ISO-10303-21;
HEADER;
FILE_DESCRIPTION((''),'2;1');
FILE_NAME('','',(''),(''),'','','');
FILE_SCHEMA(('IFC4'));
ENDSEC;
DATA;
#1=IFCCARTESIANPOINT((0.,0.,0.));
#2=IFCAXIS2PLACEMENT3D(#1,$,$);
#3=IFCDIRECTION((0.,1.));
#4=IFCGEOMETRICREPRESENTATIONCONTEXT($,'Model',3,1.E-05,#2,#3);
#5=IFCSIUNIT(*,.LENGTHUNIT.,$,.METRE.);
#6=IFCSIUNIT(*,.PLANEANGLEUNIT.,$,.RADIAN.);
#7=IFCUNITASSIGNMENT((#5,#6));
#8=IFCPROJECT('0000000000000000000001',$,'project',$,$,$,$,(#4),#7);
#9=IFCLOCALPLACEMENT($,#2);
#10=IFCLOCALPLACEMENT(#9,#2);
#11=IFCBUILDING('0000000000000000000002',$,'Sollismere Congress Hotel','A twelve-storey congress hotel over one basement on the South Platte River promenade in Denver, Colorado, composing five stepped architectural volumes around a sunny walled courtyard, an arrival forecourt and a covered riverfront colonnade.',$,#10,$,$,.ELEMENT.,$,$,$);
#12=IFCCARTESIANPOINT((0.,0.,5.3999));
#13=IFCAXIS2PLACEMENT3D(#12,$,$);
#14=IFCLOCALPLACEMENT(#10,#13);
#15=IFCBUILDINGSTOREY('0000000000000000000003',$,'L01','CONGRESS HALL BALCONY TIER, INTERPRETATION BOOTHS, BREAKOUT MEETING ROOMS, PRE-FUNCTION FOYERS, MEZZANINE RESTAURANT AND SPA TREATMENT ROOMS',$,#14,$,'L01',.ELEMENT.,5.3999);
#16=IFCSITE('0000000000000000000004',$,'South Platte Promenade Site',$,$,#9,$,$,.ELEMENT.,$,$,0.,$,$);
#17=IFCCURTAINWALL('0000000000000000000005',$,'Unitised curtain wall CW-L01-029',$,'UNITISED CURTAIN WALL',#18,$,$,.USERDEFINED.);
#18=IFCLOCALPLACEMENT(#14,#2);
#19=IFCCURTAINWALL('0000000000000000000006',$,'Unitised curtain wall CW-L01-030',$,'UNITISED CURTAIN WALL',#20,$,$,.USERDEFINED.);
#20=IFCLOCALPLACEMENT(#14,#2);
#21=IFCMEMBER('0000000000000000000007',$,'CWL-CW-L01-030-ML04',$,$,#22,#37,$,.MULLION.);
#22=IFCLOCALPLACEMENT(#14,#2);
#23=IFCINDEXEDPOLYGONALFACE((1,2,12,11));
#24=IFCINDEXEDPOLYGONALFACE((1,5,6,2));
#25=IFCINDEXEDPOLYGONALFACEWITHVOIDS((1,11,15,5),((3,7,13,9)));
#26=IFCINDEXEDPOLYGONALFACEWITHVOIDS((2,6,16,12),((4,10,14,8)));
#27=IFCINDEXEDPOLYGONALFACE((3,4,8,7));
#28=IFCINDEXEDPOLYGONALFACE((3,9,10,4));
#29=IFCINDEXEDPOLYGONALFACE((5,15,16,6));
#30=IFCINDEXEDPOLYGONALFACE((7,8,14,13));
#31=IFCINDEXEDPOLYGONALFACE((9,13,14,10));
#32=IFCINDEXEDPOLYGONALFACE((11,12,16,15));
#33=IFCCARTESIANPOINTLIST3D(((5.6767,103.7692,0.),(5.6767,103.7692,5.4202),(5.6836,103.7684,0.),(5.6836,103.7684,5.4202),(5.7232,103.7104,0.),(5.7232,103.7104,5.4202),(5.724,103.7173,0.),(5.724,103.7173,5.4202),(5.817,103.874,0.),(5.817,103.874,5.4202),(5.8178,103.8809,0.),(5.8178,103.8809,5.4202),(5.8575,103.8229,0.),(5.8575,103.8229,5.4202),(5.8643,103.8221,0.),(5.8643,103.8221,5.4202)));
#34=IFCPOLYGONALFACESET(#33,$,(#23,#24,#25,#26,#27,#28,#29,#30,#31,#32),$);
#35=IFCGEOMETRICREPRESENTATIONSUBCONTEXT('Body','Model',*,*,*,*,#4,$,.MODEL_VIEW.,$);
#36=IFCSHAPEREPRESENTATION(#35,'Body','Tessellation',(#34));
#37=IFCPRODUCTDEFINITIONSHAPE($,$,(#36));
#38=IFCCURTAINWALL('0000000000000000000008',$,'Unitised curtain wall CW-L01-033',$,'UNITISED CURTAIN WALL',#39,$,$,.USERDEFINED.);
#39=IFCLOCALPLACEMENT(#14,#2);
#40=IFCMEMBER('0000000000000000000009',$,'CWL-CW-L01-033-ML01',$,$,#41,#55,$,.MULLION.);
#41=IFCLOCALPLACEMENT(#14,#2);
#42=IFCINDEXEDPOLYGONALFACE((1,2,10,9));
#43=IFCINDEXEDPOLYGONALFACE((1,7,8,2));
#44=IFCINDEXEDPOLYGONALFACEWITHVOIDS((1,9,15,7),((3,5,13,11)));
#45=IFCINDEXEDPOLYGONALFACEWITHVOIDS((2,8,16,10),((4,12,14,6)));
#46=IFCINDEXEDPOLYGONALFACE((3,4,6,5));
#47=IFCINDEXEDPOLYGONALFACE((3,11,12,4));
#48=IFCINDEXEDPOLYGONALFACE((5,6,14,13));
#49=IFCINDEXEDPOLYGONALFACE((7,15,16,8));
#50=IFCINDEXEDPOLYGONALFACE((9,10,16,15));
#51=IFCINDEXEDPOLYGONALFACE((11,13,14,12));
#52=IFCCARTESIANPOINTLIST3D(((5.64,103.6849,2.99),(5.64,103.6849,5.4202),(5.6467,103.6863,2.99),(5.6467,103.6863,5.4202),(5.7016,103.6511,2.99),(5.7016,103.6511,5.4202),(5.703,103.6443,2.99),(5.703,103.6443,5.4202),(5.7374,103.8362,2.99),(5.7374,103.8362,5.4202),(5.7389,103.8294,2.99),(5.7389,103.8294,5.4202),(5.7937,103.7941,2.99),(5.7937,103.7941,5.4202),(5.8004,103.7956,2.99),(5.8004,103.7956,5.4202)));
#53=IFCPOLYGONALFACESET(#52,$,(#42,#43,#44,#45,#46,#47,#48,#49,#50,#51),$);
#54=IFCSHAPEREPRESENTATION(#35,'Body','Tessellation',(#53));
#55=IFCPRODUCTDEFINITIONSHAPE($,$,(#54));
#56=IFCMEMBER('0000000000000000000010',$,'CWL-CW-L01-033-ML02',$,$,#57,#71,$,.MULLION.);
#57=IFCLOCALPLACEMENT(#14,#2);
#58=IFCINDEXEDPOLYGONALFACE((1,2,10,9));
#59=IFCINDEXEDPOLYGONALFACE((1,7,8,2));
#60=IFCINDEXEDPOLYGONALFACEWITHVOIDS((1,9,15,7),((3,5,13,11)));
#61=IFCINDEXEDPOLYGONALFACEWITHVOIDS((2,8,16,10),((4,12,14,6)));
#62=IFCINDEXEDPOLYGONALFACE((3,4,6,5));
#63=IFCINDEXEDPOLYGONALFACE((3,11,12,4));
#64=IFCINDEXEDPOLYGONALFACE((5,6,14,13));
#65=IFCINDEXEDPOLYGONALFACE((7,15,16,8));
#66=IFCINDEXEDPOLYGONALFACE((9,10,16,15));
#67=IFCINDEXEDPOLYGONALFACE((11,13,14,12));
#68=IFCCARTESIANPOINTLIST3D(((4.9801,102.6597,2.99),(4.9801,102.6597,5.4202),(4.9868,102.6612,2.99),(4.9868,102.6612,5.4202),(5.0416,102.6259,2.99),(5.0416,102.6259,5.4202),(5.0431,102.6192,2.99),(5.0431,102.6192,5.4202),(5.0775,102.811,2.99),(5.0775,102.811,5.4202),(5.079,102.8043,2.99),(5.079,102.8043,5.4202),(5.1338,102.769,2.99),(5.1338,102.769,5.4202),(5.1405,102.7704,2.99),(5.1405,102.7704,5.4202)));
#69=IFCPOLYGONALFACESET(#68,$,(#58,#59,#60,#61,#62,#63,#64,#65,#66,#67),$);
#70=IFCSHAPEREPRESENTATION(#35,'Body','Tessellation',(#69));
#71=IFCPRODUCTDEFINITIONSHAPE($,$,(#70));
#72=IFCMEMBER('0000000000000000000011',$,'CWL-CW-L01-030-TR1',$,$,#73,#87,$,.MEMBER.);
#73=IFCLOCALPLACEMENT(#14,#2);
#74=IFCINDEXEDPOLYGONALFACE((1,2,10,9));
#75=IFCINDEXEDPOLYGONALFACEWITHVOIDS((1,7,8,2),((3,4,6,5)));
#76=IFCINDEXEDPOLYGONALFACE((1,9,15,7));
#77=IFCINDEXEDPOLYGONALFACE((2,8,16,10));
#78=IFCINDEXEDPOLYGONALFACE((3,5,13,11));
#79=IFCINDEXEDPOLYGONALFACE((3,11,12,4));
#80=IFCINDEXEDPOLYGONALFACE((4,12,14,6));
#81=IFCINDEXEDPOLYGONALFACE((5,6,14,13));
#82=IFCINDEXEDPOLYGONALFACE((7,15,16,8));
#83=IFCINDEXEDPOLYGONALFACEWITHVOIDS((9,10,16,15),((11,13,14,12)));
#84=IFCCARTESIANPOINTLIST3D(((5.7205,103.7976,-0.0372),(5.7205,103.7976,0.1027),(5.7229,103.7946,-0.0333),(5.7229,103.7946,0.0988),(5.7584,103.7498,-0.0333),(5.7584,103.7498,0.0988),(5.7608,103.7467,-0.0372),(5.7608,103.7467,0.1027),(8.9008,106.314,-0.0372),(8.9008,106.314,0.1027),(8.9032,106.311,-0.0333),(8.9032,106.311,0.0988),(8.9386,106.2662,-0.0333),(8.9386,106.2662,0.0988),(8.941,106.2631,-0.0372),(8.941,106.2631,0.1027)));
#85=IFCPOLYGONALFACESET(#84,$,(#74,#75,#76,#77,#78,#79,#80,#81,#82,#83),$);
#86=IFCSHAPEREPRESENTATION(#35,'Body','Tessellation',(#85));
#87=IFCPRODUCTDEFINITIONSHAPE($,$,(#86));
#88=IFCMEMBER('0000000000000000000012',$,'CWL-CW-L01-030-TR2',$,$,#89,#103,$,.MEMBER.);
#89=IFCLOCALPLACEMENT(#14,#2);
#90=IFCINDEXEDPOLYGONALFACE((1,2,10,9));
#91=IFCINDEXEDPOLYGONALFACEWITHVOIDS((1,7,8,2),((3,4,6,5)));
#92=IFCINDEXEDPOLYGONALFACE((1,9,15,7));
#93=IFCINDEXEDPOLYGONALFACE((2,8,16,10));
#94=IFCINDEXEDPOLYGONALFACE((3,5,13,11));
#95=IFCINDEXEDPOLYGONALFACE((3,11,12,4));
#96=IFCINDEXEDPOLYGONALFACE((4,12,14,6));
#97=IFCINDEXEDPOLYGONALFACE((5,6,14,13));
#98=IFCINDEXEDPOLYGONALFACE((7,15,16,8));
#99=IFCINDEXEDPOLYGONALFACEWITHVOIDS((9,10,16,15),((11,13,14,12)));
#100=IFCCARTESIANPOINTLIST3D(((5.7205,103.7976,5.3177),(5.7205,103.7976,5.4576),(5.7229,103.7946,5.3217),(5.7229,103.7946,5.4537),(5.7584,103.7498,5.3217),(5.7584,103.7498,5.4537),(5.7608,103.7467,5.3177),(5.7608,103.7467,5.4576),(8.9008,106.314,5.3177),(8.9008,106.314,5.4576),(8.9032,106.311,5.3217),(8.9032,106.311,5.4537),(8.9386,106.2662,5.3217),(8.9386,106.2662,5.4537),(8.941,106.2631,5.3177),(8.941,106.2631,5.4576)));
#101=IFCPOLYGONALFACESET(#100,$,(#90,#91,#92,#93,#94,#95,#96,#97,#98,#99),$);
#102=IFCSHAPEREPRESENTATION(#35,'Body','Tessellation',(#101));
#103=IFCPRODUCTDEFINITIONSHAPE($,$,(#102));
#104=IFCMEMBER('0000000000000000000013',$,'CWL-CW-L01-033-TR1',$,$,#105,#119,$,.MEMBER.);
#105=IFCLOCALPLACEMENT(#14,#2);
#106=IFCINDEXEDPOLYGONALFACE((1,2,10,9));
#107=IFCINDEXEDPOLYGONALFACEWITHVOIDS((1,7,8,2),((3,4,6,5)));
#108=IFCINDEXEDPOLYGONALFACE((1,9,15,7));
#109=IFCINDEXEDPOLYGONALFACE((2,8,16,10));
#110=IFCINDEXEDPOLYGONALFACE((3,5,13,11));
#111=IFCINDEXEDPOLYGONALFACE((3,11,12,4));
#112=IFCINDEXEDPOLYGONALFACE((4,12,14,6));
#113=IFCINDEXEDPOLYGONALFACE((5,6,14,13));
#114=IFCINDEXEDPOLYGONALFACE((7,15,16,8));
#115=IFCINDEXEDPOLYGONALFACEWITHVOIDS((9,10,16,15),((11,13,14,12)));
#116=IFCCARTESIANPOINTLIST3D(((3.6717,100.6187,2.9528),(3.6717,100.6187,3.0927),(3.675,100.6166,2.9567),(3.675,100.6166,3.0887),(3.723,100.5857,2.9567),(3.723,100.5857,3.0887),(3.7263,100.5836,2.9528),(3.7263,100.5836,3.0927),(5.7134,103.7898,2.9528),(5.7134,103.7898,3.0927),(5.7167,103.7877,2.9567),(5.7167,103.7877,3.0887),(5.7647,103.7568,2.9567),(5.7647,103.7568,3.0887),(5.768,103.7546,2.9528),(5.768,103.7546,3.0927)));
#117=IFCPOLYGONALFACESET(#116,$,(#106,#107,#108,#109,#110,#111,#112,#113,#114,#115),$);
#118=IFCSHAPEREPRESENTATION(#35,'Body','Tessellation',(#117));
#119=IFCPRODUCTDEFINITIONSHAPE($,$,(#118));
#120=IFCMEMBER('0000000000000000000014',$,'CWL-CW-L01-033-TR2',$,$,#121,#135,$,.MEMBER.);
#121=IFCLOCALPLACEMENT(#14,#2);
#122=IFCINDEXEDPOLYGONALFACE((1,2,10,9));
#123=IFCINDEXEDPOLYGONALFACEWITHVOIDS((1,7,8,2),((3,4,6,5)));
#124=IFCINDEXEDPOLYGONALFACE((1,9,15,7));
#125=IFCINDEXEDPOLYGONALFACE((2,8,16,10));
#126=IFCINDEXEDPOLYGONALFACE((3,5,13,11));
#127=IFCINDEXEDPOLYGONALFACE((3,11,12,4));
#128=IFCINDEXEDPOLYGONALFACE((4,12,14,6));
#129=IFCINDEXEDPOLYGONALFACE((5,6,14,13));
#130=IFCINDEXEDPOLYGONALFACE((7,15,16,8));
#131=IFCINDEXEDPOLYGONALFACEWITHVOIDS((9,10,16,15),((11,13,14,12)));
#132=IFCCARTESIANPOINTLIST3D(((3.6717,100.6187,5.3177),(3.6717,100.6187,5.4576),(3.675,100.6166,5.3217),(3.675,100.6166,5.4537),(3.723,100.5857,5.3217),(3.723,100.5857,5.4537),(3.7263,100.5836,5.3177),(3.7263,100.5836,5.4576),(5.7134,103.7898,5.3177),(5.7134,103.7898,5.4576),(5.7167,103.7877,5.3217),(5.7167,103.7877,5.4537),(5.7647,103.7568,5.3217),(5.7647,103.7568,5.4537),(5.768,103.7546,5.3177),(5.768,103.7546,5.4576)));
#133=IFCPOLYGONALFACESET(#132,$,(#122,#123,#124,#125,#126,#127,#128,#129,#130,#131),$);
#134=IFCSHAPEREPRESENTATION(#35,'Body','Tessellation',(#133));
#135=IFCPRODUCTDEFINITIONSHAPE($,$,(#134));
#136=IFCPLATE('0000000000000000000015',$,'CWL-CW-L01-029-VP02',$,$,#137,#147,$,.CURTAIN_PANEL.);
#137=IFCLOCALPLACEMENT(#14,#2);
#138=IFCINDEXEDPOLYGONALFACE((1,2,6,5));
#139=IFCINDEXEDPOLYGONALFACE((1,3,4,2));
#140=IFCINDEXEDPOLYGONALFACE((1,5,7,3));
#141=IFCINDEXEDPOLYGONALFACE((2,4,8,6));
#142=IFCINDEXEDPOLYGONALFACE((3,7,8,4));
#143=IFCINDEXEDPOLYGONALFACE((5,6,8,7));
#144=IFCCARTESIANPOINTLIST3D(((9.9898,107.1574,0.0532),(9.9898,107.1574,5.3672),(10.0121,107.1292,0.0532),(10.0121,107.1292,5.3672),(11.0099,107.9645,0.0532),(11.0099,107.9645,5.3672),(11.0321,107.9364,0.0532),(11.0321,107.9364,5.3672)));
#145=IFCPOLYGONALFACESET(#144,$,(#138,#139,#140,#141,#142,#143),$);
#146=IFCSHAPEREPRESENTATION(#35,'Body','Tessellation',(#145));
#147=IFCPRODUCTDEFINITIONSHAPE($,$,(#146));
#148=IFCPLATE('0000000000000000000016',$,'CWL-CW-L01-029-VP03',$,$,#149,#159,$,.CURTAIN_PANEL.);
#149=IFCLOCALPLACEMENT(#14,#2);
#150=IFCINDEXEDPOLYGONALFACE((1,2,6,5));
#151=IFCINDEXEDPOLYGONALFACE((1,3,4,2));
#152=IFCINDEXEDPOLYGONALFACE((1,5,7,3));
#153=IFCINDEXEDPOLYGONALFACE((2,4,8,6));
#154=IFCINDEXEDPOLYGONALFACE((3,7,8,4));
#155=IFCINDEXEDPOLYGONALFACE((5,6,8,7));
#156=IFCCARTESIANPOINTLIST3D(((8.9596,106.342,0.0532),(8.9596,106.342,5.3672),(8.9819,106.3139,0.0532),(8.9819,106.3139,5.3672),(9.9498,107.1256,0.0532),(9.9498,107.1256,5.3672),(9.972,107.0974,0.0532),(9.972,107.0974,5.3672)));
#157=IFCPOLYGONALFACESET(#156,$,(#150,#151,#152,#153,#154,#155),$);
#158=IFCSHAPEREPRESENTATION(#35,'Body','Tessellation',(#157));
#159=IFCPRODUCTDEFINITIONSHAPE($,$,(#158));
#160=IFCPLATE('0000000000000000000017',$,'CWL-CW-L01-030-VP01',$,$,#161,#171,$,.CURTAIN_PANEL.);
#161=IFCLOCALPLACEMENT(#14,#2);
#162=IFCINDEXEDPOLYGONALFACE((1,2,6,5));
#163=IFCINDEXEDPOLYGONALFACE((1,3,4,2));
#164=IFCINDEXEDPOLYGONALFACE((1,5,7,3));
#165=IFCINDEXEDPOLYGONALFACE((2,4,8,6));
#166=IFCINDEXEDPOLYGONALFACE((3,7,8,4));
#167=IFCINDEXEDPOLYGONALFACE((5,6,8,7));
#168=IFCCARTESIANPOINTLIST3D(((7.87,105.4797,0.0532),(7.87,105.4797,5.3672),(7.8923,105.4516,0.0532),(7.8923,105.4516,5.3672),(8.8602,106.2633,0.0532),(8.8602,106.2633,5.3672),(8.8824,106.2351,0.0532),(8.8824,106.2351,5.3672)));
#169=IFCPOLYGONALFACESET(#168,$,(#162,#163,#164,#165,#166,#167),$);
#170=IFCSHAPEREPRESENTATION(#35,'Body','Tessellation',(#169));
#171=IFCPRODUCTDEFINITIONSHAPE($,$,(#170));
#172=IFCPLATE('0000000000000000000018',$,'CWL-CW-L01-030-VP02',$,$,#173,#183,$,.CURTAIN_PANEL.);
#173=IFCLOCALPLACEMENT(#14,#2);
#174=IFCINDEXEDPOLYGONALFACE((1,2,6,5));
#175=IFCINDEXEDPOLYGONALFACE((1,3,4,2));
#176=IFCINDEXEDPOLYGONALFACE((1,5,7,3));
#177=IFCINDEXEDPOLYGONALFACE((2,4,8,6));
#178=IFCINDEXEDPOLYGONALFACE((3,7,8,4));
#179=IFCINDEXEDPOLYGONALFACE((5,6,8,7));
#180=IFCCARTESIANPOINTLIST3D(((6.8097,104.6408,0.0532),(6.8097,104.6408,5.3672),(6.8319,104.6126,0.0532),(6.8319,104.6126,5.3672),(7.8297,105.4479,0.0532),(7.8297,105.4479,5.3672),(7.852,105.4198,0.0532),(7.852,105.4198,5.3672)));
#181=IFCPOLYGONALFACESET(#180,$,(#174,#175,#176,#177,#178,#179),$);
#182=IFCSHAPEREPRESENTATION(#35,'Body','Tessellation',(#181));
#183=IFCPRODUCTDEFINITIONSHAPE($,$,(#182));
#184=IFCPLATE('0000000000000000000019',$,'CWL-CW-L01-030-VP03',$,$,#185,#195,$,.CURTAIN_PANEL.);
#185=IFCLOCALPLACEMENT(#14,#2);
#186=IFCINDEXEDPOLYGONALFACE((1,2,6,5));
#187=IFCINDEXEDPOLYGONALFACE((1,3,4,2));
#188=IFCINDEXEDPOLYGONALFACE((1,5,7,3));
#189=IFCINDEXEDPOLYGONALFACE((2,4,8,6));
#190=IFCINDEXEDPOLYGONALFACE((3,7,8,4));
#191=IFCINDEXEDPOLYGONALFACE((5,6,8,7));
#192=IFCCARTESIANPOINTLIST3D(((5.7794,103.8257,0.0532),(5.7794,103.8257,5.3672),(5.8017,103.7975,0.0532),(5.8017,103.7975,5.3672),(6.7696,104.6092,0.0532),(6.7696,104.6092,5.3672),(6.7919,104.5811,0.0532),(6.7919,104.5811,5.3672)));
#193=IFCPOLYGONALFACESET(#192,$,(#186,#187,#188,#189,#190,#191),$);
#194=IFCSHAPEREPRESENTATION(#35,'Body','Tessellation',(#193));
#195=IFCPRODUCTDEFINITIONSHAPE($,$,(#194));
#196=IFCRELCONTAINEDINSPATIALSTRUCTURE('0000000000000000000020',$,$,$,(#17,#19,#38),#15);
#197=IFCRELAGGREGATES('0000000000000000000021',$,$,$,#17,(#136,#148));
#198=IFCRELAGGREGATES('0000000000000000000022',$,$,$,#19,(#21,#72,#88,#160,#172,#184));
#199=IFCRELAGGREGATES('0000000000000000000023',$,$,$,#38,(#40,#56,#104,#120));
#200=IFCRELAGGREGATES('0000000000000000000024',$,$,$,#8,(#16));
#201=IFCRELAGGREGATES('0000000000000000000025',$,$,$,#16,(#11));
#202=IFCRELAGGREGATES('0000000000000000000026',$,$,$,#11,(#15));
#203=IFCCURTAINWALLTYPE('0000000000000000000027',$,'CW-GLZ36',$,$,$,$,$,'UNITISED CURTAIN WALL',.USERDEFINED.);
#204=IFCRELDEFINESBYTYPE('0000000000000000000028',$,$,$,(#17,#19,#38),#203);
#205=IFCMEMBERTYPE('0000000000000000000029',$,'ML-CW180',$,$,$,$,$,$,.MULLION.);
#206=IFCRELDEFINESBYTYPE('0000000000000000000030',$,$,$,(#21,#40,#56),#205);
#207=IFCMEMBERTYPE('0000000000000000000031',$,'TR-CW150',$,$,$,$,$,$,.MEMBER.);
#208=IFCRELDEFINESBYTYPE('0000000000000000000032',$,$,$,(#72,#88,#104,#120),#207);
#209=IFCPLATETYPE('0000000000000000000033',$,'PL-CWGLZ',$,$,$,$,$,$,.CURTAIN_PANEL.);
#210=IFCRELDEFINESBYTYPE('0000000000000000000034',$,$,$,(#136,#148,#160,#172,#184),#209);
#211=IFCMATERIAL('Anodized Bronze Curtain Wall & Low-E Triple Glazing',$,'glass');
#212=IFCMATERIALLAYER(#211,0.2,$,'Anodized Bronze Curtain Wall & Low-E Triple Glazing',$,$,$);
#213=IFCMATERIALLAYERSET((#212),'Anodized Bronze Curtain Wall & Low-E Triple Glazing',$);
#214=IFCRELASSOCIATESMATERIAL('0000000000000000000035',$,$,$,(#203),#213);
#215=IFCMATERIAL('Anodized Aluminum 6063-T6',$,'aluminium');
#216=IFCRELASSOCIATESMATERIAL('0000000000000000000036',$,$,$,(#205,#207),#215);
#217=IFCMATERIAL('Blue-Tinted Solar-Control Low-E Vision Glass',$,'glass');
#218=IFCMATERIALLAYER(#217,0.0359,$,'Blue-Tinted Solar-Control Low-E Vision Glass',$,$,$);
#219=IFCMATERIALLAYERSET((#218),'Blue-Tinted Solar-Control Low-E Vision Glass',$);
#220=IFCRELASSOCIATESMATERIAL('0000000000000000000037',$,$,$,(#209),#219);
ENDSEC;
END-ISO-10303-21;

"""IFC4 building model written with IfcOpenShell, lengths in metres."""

from ifc_helpers import new_model, si_unit, direction, frame, origin, origin_2d, place, context, subcontext, project, spatial, rectangle, hollow_rectangle, extrude, material, layer, layer_set, material_profile, profile_set, type_object, element, aggregate, save


model = new_model("IFC4")

# Units and contexts
model_context = context("Model", 3, precision=1e-05, world=origin(), true_north=direction((0.0, 1.0)))
body_context = subcontext(model_context, "Body", "Model", "MODEL_VIEW")
ifc_project = project(units=[si_unit("LENGTHUNIT", "METRE"), si_unit("PLANEANGLEUNIT", "RADIAN")], contexts=[model_context])

# Site, building, storey
site_placement = place(None, origin())
site = spatial("IfcSite", under=ifc_project, at=site_placement, Name="South Platte Promenade Site", CompositionType="ELEMENT", RefElevation=0.0)
building_placement = place(site_placement, origin())
building = spatial("IfcBuilding", under=site, at=building_placement, Name="Sollismere Congress Hotel", Description="A twelve-storey congress hotel over one basement on the South Platte River promenade in Denver, Colorado, composing five stepped architectural volumes around a sunny walled courtyard, an arrival forecourt and a covered riverfront colonnade.", CompositionType="ELEMENT")
storey_placement = place(building_placement, frame((0.0, 0.0, 5.3999)))
storey = spatial("IfcBuildingStorey", under=building, at=storey_placement, Name="L01", Description="CONGRESS HALL BALCONY TIER, INTERPRETATION BOOTHS, BREAKOUT MEETING ROOMS, PRE-FUNCTION FOYERS, MEZZANINE RESTAURANT AND SPA TREATMENT ROOMS", LongName="L01", CompositionType="ELEMENT", Elevation=5.3999)

# Curtain walls, members
ifc_material_1 = material(Name="Anodized Bronze Curtain Wall & Low-E Triple Glazing", Category="glass")
ifc_layer_1 = layer(ifc_material_1, 0.2, Name="Anodized Bronze Curtain Wall & Low-E Triple Glazing")
ifc_layer_set_1 = layer_set([ifc_layer_1], Name="Anodized Bronze Curtain Wall & Low-E Triple Glazing")
curtain_wall_type = type_object("IfcCurtainWallType", Name="CW-GLZ36", ElementType="UNITISED CURTAIN WALL", PredefinedType="USERDEFINED", material=ifc_layer_set_1)
curtain_wall_1_placement = place(storey_placement, origin())
curtain_wall_1 = element("IfcCurtainWall", 1, at=curtain_wall_1_placement, inside=storey, type_object=curtain_wall_type, Name="Unitised curtain wall CW-L01-029", ObjectType="UNITISED CURTAIN WALL", PredefinedType="USERDEFINED")
ifc_material_2 = material(Name="Anodized Aluminum 6063-T6", Category="aluminium")
ifc_material_profile_1 = material_profile(ifc_material_2, hollow_rectangle(XDim=0.075, YDim=0.1799, WallThickness=0.0049, at=origin_2d()), Name="ALU180X75X5")
ifc_profile_set_1 = profile_set([ifc_material_profile_1], Name="Anodized Aluminum 6063-T6")
member_type_1 = type_object("IfcMemberType", Name="ML-CW180", PredefinedType="MULLION", material=ifc_profile_set_1)
curtain_wall_2_placement = place(storey_placement, origin())
curtain_wall_2 = element("IfcCurtainWall", 2, at=curtain_wall_2_placement, inside=storey, type_object=curtain_wall_type, Name="Unitised curtain wall CW-L01-030", ObjectType="UNITISED CURTAIN WALL", PredefinedType="USERDEFINED")
member_1_placement = place(storey_placement, frame((5.7705, 103.7957, 0.0), z_axis=(0.0, 0.0, 1.0), x_axis=(0.620532, -0.784181, 0.0)))
member_1 = element("IfcMember", 3, at=member_1_placement, type_object=member_type_1, Name="CWL-CW-L01-030-ML04", PredefinedType="MULLION", context=body_context, shape_type="SweptSolid", body=[
    extrude(hollow_rectangle(XDim=0.075, YDim=0.1799, WallThickness=0.0049, at=origin_2d()), origin(), (0.0, 0.0, 1.0), 5.4202),
])
curtain_wall_3_placement = place(storey_placement, origin())
curtain_wall_3 = element("IfcCurtainWall", 4, at=curtain_wall_3_placement, inside=storey, type_object=curtain_wall_type, Name="Unitised curtain wall CW-L01-033", ObjectType="UNITISED CURTAIN WALL", PredefinedType="USERDEFINED")
member_2_placement = place(storey_placement, frame((5.7202, 103.7402, 2.99), z_axis=(0.0, 0.0, 1.0), x_axis=(0.840775, -0.541385, 0.0)))
member_2 = element("IfcMember", 5, at=member_2_placement, type_object=member_type_1, Name="CWL-CW-L01-033-ML01", PredefinedType="MULLION", context=body_context, shape_type="SweptSolid", body=[
    extrude(hollow_rectangle(XDim=0.075, YDim=0.1799, WallThickness=0.0049, at=origin_2d()), origin(), (0.0, 0.0, 1.0), 2.4302),
])
member_3_placement = place(storey_placement, frame((5.0603, 102.7151, 2.99), z_axis=(0.0, 0.0, 1.0), x_axis=(0.840775, -0.541385, 0.0)))
member_3 = element("IfcMember", 6, at=member_3_placement, type_object=member_type_1, Name="CWL-CW-L01-033-ML02", PredefinedType="MULLION", context=body_context, shape_type="SweptSolid", body=[
    extrude(hollow_rectangle(XDim=0.075, YDim=0.1799, WallThickness=0.0049, at=origin_2d()), origin(), (0.0, 0.0, 1.0), 2.4302),
])

# Members
ifc_material_profile_2 = material_profile(ifc_material_2, hollow_rectangle(XDim=0.0649, YDim=0.1399, WallThickness=0.0039, at=origin_2d()), Name="ALU140X65X4")
ifc_profile_set_2 = profile_set([ifc_material_profile_2], Name="Anodized Aluminum 6063-T6")
member_type_2 = type_object("IfcMemberType", Name="TR-CW150", PredefinedType="MEMBER", material=ifc_profile_set_2)
member_4_placement = place(storey_placement, frame((8.9209, 106.2886, 0.0327), z_axis=(-0.7842, -0.620509, 0.0), x_axis=(0.620509, -0.7842, 0.0)))
member_4 = element("IfcMember", 7, at=member_4_placement, type_object=member_type_2, Name="CWL-CW-L01-030-TR1", PredefinedType="MEMBER", context=body_context, shape_type="SweptSolid", body=[
    extrude(hollow_rectangle(XDim=0.0649, YDim=0.1399, WallThickness=0.0039, at=origin_2d()), origin(), (0.0, 0.0, 1.0), 4.0554),
])
member_5_placement = place(storey_placement, frame((8.9209, 106.2886, 5.3877), z_axis=(-0.7842, -0.620509, 0.0), x_axis=(0.620509, -0.7842, 0.0)))
member_5 = element("IfcMember", 8, at=member_5_placement, type_object=member_type_2, Name="CWL-CW-L01-030-TR2", PredefinedType="MEMBER", context=body_context, shape_type="SweptSolid", body=[
    extrude(hollow_rectangle(XDim=0.0649, YDim=0.1399, WallThickness=0.0039, at=origin_2d()), origin(), (0.0, 0.0, 1.0), 4.0554),
])
member_6_placement = place(storey_placement, frame((5.7407, 103.7722, 3.0227), z_axis=(-0.54135, -0.840798, 0.0), x_axis=(0.840798, -0.54135, 0.0)))
member_6 = element("IfcMember", 9, at=member_6_placement, type_object=member_type_2, Name="CWL-CW-L01-033-TR1", PredefinedType="MEMBER", context=body_context, shape_type="SweptSolid", body=[
    extrude(hollow_rectangle(XDim=0.0649, YDim=0.1399, WallThickness=0.0039, at=origin_2d()), origin(), (0.0, 0.0, 1.0), 3.7715),
])
member_7_placement = place(storey_placement, frame((5.7407, 103.7722, 5.3877), z_axis=(-0.54135, -0.840798, 0.0), x_axis=(0.840798, -0.54135, 0.0)))
member_7 = element("IfcMember", 10, at=member_7_placement, type_object=member_type_2, Name="CWL-CW-L01-033-TR2", PredefinedType="MEMBER", context=body_context, shape_type="SweptSolid", body=[
    extrude(hollow_rectangle(XDim=0.0649, YDim=0.1399, WallThickness=0.0039, at=origin_2d()), origin(), (0.0, 0.0, 1.0), 3.7715),
])

# Plates
ifc_material_3 = material(Name="Blue-Tinted Solar-Control Low-E Vision Glass", Category="glass")
ifc_layer_2 = layer(ifc_material_3, 0.0359, Name="Blue-Tinted Solar-Control Low-E Vision Glass")
ifc_layer_set_2 = layer_set([ifc_layer_2], Name="Blue-Tinted Solar-Control Low-E Vision Glass")
plate_type_1 = type_object("IfcPlateType", Name="PL-CWGLZ", PredefinedType="CURTAIN_PANEL", material=ifc_layer_set_2)
plate_1_placement = place(storey_placement, frame((10.511, 107.5469, 0.0532), z_axis=(0.0, 0.0, 1.0), x_axis=(-0.784181, -0.620532, 0.0)))
plate_1 = element("IfcPlate", 11, at=plate_1_placement, type_object=plate_type_1, Name="CWL-CW-L01-029-VP02", PredefinedType="CURTAIN_PANEL", context=body_context, shape_type="SweptSolid", body=[
    extrude(rectangle(XDim=1.3008, YDim=0.0359, at=origin_2d()), origin(), (0.0, 0.0, 1.0), 5.314),
])
plate_2_placement = place(storey_placement, frame((9.4658, 106.7197, 0.0532), z_axis=(0.0, 0.0, 1.0), x_axis=(-0.784181, -0.620532, 0.0)))
plate_2 = element("IfcPlate", 12, at=plate_2_placement, type_object=plate_type_1, Name="CWL-CW-L01-029-VP03", PredefinedType="CURTAIN_PANEL", context=body_context, shape_type="SweptSolid", body=[
    extrude(rectangle(XDim=1.2627, YDim=0.0359, at=origin_2d()), origin(), (0.0, 0.0, 1.0), 5.314),
])
aggregate(curtain_wall_1, [plate_1, plate_2])
plate_3_placement = place(storey_placement, frame((8.3762, 105.8574, 0.0532), z_axis=(0.0, 0.0, 1.0), x_axis=(-0.784181, -0.620532, 0.0)))
plate_3 = element("IfcPlate", 13, at=plate_3_placement, type_object=plate_type_1, Name="CWL-CW-L01-030-VP01", PredefinedType="CURTAIN_PANEL", context=body_context, shape_type="SweptSolid", body=[
    extrude(rectangle(XDim=1.2627, YDim=0.0359, at=origin_2d()), origin(), (0.0, 0.0, 1.0), 5.314),
])
plate_4_placement = place(storey_placement, frame((7.3308, 105.0303, 0.0532), z_axis=(0.0, 0.0, 1.0), x_axis=(-0.784181, -0.620532, 0.0)))
plate_4 = element("IfcPlate", 14, at=plate_4_placement, type_object=plate_type_1, Name="CWL-CW-L01-030-VP02", PredefinedType="CURTAIN_PANEL", context=body_context, shape_type="SweptSolid", body=[
    extrude(rectangle(XDim=1.3008, YDim=0.0359, at=origin_2d()), origin(), (0.0, 0.0, 1.0), 5.314),
])
plate_5_placement = place(storey_placement, frame((6.2856, 104.2034, 0.0532), z_axis=(0.0, 0.0, 1.0), x_axis=(-0.784181, -0.620532, 0.0)))
plate_5 = element("IfcPlate", 15, at=plate_5_placement, type_object=plate_type_1, Name="CWL-CW-L01-030-VP03", PredefinedType="CURTAIN_PANEL", context=body_context, shape_type="SweptSolid", body=[
    extrude(rectangle(XDim=1.2627, YDim=0.0359, at=origin_2d()), origin(), (0.0, 0.0, 1.0), 5.314),
])
aggregate(curtain_wall_2, [member_1, member_4, member_5, plate_3, plate_4, plate_5])
aggregate(curtain_wall_3, [member_2, member_3, member_6, member_7])

save(model, "model.ifc")
